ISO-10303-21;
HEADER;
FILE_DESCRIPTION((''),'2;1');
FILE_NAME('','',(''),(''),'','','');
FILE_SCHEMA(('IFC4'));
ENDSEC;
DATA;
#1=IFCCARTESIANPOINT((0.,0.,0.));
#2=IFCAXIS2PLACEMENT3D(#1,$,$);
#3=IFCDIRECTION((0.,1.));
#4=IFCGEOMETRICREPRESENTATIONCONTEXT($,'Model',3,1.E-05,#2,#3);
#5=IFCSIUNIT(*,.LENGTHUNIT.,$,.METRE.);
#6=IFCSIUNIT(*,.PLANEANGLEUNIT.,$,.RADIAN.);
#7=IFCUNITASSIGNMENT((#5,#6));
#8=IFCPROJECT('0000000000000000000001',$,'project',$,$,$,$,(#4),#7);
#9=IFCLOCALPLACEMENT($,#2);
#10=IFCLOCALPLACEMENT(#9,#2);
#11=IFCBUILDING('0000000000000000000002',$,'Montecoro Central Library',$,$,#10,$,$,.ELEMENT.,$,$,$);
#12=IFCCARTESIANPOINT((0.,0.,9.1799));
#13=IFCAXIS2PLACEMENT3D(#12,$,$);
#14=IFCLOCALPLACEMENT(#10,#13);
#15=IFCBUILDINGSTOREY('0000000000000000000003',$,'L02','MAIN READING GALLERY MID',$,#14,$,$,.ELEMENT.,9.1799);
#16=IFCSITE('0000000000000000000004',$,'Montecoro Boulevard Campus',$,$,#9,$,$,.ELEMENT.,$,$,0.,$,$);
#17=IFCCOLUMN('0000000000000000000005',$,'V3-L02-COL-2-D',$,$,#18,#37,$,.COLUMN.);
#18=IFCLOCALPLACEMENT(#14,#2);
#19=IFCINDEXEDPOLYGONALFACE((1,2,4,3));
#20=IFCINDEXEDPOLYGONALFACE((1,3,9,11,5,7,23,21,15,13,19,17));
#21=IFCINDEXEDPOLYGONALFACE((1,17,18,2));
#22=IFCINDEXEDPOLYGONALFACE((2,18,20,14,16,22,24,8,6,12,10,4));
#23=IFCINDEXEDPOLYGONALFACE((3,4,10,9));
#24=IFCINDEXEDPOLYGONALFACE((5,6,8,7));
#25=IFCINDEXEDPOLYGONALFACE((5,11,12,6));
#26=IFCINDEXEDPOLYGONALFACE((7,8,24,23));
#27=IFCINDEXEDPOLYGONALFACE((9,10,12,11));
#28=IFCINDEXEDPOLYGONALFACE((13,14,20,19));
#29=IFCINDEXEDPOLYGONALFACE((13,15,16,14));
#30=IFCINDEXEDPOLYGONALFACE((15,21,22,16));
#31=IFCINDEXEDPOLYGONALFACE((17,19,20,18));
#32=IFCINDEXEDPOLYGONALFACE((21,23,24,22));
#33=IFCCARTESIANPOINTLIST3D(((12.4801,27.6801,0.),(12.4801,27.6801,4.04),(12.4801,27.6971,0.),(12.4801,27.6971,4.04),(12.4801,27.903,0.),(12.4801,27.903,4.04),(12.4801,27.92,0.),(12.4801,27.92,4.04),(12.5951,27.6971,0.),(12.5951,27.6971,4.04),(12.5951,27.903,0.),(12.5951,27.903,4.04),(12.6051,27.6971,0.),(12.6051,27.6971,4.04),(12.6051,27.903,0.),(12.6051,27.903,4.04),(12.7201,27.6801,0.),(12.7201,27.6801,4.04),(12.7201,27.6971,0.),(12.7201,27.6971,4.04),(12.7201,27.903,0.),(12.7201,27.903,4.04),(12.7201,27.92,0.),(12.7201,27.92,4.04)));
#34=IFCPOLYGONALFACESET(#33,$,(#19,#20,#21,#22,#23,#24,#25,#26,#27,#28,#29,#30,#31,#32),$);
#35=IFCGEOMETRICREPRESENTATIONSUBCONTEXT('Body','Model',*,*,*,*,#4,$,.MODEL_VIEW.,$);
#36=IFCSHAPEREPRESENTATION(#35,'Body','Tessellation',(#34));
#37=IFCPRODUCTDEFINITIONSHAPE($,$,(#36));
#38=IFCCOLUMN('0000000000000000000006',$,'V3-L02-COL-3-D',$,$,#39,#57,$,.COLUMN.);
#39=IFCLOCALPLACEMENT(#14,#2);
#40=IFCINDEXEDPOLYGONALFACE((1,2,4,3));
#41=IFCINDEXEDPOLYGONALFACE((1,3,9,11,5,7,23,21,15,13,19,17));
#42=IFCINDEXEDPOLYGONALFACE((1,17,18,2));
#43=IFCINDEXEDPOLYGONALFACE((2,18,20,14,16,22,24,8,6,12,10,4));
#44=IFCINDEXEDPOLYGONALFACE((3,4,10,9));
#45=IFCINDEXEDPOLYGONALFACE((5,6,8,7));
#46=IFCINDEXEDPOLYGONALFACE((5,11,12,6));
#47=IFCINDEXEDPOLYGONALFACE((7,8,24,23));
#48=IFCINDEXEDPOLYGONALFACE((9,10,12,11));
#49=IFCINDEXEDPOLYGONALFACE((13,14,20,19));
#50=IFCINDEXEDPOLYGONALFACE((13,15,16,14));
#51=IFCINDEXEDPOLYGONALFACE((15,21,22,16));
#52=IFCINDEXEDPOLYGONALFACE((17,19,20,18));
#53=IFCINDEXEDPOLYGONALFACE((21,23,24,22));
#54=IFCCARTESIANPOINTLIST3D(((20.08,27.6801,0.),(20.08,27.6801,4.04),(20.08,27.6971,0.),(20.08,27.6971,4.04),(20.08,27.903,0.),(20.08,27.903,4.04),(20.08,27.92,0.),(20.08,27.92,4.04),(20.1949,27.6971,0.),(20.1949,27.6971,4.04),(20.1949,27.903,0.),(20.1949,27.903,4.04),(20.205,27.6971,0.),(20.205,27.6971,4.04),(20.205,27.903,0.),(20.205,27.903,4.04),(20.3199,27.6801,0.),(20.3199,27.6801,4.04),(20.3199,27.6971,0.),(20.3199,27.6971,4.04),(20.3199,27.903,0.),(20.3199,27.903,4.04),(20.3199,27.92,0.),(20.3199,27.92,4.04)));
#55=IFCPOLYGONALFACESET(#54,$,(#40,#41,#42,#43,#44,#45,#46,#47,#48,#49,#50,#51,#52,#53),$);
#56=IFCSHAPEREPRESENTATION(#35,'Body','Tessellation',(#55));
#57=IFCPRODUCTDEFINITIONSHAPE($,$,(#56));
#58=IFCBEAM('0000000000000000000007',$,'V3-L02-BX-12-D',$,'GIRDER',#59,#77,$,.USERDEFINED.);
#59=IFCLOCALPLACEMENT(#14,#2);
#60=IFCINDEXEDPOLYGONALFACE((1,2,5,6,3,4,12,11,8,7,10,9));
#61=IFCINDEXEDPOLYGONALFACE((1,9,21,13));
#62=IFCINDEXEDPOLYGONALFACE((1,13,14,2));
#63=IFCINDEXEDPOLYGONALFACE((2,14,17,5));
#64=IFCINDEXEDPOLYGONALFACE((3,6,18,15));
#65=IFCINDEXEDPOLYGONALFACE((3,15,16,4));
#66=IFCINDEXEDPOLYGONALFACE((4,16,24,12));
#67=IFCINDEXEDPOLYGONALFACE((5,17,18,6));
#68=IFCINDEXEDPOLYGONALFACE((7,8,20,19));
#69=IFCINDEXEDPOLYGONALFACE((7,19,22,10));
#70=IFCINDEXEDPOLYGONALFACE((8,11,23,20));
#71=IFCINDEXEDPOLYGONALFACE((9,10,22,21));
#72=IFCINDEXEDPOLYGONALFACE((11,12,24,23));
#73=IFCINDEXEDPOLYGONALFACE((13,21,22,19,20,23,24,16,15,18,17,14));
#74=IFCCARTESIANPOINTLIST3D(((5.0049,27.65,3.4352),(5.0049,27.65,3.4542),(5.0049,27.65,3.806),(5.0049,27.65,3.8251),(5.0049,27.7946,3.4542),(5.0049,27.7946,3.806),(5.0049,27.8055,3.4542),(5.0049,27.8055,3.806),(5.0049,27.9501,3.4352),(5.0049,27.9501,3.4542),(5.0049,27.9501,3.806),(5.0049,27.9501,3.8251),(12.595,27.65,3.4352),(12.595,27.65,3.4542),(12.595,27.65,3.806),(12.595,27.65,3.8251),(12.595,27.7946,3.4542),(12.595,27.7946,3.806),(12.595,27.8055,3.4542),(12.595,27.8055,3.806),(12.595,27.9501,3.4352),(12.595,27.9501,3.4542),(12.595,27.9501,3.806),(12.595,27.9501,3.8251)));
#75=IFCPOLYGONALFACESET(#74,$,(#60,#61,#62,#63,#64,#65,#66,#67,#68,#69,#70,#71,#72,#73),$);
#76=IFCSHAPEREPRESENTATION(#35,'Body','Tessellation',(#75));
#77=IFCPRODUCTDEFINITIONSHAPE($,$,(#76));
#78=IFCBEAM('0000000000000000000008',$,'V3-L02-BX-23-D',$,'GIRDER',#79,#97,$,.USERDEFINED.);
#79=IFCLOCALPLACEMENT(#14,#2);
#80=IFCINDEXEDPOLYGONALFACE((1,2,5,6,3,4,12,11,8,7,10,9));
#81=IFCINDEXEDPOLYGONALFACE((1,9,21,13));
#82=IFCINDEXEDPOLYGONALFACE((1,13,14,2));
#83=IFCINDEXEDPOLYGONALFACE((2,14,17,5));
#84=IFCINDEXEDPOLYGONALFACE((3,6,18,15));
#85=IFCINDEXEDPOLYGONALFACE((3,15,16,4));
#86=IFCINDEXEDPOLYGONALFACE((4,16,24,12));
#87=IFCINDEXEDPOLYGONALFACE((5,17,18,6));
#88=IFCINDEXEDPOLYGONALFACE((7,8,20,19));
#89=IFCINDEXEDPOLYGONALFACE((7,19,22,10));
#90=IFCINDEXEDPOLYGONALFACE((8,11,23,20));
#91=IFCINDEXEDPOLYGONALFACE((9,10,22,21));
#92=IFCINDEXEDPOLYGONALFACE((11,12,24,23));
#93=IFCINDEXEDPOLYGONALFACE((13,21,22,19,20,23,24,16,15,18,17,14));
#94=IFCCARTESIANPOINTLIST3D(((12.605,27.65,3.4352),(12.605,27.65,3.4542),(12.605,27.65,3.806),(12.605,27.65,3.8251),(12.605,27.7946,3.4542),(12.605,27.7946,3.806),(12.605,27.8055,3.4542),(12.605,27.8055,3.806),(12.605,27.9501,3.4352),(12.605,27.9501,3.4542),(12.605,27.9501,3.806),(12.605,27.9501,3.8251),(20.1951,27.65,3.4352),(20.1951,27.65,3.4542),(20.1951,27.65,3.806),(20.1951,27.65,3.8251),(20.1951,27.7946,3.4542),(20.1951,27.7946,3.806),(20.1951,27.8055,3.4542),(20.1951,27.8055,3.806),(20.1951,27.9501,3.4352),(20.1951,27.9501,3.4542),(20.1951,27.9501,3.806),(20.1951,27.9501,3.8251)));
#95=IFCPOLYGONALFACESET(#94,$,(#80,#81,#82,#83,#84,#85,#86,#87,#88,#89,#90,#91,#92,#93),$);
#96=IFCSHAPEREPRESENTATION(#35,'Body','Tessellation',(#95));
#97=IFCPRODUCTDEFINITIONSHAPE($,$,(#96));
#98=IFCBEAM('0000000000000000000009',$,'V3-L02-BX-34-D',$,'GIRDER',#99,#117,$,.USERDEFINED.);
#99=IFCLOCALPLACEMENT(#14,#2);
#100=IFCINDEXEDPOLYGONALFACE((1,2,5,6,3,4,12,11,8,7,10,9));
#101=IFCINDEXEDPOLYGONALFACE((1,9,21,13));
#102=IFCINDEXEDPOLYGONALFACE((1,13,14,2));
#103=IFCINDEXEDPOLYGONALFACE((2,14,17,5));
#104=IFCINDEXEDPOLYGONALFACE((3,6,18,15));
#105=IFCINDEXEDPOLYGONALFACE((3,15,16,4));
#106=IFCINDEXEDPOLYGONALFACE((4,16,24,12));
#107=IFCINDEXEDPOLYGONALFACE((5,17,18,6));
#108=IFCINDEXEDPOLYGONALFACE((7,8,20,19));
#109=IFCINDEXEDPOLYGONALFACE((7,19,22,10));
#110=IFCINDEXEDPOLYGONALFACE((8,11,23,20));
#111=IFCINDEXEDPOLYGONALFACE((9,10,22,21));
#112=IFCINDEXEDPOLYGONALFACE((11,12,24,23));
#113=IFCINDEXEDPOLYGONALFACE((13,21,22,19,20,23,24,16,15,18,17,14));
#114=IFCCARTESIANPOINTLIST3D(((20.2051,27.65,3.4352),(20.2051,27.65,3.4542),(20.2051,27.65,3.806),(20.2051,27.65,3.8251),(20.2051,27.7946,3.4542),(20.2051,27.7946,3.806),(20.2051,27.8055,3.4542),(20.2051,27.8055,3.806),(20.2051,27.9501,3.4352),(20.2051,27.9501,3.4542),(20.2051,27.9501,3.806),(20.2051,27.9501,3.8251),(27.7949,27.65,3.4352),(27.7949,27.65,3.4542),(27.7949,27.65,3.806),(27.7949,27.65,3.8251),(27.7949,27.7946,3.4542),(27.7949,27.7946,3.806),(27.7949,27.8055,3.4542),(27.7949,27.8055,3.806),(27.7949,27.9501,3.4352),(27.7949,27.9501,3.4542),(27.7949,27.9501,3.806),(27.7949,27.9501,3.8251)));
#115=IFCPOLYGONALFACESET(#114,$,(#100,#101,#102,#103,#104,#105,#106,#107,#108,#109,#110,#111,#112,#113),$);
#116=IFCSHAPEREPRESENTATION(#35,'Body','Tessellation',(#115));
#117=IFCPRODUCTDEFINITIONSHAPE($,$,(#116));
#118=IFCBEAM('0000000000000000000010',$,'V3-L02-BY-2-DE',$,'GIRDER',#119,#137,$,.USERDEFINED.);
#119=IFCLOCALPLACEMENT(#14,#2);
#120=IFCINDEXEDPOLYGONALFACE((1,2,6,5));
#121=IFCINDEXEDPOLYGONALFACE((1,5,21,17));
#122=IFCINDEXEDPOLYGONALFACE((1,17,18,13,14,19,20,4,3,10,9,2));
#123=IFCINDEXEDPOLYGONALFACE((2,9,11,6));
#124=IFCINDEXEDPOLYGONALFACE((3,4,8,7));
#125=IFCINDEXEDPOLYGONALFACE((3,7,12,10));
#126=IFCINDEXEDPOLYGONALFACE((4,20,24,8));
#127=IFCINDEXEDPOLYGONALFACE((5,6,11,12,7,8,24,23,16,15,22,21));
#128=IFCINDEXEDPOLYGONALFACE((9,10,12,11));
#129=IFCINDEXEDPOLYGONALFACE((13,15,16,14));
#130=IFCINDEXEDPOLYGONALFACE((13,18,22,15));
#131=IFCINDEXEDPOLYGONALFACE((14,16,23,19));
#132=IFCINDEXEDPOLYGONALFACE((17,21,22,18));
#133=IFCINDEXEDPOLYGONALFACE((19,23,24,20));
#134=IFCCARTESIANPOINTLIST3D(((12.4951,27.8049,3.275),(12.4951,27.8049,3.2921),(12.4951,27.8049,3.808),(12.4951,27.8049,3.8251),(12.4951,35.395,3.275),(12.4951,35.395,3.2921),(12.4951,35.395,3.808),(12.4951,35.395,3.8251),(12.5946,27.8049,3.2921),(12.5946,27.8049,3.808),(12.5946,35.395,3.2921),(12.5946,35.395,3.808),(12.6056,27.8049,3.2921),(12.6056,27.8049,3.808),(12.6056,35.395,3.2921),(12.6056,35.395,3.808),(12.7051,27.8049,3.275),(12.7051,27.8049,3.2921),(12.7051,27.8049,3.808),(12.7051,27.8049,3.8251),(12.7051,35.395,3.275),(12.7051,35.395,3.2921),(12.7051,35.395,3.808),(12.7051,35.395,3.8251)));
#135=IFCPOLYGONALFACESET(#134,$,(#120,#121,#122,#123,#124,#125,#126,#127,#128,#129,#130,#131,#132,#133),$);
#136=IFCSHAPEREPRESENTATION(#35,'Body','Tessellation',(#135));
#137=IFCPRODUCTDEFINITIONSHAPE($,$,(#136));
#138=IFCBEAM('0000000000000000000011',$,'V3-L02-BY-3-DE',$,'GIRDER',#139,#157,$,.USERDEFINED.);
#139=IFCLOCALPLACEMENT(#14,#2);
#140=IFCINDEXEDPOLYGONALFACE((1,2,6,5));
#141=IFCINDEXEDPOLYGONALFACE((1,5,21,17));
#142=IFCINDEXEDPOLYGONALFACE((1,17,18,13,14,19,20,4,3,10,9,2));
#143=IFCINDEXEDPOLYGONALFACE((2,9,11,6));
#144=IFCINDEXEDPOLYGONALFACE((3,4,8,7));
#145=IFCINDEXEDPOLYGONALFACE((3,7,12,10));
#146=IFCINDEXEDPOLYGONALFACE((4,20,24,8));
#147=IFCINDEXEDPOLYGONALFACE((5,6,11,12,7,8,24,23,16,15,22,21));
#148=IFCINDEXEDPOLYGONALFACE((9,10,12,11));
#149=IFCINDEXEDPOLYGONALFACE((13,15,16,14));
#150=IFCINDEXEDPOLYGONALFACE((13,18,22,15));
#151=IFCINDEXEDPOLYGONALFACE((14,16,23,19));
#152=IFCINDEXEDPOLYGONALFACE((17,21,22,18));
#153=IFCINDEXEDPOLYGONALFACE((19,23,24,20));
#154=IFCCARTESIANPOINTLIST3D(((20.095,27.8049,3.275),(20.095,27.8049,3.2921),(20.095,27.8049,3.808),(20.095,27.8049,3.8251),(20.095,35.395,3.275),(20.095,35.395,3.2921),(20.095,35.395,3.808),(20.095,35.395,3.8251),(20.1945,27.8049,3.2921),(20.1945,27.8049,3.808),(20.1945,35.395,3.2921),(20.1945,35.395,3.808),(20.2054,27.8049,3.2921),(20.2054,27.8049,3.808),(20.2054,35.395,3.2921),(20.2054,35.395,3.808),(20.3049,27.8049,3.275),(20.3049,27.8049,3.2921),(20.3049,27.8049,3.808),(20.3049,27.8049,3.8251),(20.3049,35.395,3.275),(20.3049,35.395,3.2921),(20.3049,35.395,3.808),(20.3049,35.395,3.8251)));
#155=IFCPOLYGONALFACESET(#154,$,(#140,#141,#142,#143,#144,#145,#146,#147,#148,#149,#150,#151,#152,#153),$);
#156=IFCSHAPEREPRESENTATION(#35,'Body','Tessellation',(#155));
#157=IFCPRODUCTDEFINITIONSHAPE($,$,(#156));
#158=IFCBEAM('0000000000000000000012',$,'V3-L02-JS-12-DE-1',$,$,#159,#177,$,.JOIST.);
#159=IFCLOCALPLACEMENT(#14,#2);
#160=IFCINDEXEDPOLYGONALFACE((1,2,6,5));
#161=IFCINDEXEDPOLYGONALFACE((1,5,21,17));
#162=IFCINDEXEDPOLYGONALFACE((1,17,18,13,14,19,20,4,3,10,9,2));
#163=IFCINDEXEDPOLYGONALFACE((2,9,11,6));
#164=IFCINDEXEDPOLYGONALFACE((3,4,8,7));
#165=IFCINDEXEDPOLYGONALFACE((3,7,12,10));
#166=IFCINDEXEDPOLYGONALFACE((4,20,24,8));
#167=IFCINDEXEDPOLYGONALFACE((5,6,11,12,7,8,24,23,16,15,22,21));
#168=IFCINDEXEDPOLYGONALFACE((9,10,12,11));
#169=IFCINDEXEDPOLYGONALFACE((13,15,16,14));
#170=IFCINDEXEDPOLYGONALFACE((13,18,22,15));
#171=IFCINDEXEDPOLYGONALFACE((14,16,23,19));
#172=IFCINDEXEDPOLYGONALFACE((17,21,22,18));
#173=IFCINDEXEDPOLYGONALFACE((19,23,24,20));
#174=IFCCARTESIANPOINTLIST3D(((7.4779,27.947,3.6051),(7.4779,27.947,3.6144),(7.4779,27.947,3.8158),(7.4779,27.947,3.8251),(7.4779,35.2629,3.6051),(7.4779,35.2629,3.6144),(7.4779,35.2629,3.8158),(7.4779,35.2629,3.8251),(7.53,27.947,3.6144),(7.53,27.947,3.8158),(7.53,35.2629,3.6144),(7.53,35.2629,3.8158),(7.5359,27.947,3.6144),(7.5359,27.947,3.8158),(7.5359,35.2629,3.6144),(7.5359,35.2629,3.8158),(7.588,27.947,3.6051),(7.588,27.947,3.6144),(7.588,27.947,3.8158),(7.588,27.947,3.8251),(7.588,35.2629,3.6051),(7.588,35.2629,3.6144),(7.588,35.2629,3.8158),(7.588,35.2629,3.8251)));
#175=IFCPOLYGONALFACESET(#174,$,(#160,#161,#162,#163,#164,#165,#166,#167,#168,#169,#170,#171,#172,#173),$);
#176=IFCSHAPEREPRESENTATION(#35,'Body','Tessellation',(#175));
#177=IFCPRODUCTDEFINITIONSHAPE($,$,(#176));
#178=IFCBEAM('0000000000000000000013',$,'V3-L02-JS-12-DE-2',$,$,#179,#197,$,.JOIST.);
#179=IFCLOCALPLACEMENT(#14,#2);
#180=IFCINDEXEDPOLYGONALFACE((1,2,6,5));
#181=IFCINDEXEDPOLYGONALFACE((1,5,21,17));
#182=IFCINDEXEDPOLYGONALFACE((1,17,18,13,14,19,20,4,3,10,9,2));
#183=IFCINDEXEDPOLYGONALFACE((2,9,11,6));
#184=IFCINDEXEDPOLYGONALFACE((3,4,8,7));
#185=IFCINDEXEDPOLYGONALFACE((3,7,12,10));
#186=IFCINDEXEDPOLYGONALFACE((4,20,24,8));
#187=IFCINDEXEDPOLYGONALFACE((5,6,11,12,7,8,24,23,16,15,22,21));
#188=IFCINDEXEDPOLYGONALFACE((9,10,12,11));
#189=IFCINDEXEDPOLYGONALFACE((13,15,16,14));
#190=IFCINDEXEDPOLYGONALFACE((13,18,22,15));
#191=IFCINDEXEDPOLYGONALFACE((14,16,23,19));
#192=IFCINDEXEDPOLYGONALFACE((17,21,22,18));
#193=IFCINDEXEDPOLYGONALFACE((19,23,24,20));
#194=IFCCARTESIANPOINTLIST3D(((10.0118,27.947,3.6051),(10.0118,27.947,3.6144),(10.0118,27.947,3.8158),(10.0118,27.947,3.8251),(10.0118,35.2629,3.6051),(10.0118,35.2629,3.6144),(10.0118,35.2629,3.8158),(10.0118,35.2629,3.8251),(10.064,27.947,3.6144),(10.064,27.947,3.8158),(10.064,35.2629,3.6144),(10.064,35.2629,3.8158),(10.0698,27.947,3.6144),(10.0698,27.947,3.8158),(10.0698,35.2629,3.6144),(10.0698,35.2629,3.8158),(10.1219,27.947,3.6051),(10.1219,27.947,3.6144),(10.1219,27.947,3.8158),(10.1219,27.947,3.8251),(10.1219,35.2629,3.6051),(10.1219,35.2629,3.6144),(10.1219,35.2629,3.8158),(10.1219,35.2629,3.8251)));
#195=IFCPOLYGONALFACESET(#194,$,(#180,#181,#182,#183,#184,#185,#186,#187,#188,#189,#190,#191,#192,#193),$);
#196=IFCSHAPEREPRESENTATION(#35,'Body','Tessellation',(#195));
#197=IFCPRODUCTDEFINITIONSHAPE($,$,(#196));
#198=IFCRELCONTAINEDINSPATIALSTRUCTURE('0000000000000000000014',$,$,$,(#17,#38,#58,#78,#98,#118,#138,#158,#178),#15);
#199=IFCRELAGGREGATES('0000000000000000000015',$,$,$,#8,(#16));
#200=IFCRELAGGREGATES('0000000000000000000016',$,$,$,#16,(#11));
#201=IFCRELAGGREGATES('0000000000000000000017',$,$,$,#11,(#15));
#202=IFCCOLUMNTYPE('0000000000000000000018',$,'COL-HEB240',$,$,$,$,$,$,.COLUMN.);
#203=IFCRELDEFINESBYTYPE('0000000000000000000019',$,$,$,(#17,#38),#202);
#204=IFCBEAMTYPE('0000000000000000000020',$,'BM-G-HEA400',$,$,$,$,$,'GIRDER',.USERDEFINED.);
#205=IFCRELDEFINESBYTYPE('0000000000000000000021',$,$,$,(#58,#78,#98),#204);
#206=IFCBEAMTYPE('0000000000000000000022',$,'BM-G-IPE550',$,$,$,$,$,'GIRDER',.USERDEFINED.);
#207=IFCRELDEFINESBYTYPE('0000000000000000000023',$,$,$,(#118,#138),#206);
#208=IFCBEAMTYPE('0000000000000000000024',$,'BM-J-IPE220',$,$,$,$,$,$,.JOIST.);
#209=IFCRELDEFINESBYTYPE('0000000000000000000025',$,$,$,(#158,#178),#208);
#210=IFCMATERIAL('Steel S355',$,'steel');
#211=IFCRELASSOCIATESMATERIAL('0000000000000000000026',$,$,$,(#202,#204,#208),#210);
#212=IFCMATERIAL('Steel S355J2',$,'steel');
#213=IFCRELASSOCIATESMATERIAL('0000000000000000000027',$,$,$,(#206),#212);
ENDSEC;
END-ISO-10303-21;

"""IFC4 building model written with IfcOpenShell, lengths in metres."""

from ifc_helpers import new_model, si_unit, direction, frame, origin, origin_2d, place, context, subcontext, project, spatial, i_section, extrude, material, material_profile, profile_set, type_object, element, save


model = new_model("IFC4")

# Units and contexts
model_context = context("Model", 3, precision=1e-05, world=origin(), true_north=direction((0.0, 1.0)))
body_context = subcontext(model_context, "Body", "Model", "MODEL_VIEW")
ifc_project = project(units=[si_unit("LENGTHUNIT", "METRE"), si_unit("PLANEANGLEUNIT", "RADIAN")], contexts=[model_context])

# Site, building, storey
site_placement = place(None, origin())
site = spatial("IfcSite", under=ifc_project, at=site_placement, Name="Montecoro Boulevard Campus", CompositionType="ELEMENT", RefElevation=0.0)
building_placement = place(site_placement, origin())
building = spatial("IfcBuilding", under=site, at=building_placement, Name="Montecoro Central Library", CompositionType="ELEMENT")
storey_placement = place(building_placement, frame((0.0, 0.0, 9.1799)))
storey = spatial("IfcBuildingStorey", under=building, at=storey_placement, Name="L02", Description="MAIN READING GALLERY MID", CompositionType="ELEMENT", Elevation=9.1799)

# Columns
ifc_material_1 = material(Name="Steel S355", Category="steel")
ifc_material_profile_1 = material_profile(ifc_material_1, i_section(OverallWidth=0.24, OverallDepth=0.24, WebThickness=0.01, FlangeThickness=0.0171, at=origin_2d()), Name="HEB 240")
ifc_profile_set_1 = profile_set([ifc_material_profile_1], Name="Steel S355")
column_type = type_object("IfcColumnType", Name="COL-HEB240", PredefinedType="COLUMN", material=ifc_profile_set_1)
for number, where, z_axis, x_axis, name in (
    (1, (12.6001, 27.8, 0.0), (0.0, 0.0, 1.0), (1.0, 0.0, 0.0), "V3-L02-COL-2-D"),
    (2, (20.2, 27.8, 0.0), (0.0, 0.0, 1.0), (1.0, 0.0, 0.0), "V3-L02-COL-3-D"),
):
    element("IfcColumn", number, at=place(storey_placement, frame(where, z_axis=z_axis, x_axis=x_axis)), inside=storey, type_object=column_type, Name=name, PredefinedType="COLUMN", context=body_context, shape_type="SweptSolid", body=[
        extrude(i_section(OverallWidth=0.24, OverallDepth=0.24, WebThickness=0.01, FlangeThickness=0.0171, at=origin_2d()), origin(), (0.0, 0.0, 1.0), 4.04),
    ])

# Beams
ifc_material_profile_2 = material_profile(ifc_material_1, i_section(OverallWidth=0.3, OverallDepth=0.3899, WebThickness=0.011, FlangeThickness=0.019, at=origin_2d()), Name="HEA 400")
ifc_profile_set_2 = profile_set([ifc_material_profile_2], Name="Steel S355")
beam_type_1 = type_object("IfcBeamType", Name="BM-G-HEA400", ElementType="GIRDER", PredefinedType="USERDEFINED", material=ifc_profile_set_2)
for number, where, z_axis, x_axis, name in (
    (3, (5.0049, 27.8, 3.6301), (1.0, 0.0, 0.0), (0.0, 1.0, 0.0), "V3-L02-BX-12-D"),
    (4, (12.605, 27.8, 3.6301), (1.0, 0.0, 0.0), (0.0, 1.0, 0.0), "V3-L02-BX-23-D"),
):
    element("IfcBeam", number, at=place(storey_placement, frame(where, z_axis=z_axis, x_axis=x_axis)), inside=storey, type_object=beam_type_1, Name=name, ObjectType="GIRDER", PredefinedType="USERDEFINED", context=body_context, shape_type="SweptSolid", body=[
        extrude(i_section(OverallWidth=0.3, OverallDepth=0.3899, WebThickness=0.011, FlangeThickness=0.019, at=origin_2d()), origin(), (0.0, 0.0, 1.0), 7.5901),
    ])
beam_1_placement = place(storey_placement, frame((20.2051, 27.8, 3.6301), z_axis=(1.0, 0.0, 0.0), x_axis=(0.0, 1.0, 0.0)))
element("IfcBeam", 5, at=beam_1_placement, inside=storey, type_object=beam_type_1, Name="V3-L02-BX-34-D", ObjectType="GIRDER", PredefinedType="USERDEFINED", context=body_context, shape_type="SweptSolid", body=[
    extrude(i_section(OverallWidth=0.3, OverallDepth=0.3899, WebThickness=0.011, FlangeThickness=0.019, at=origin_2d()), origin(), (0.0, 0.0, 1.0), 7.5898),
])
ifc_material_2 = material(Name="Steel S355J2", Category="steel")
ifc_material_profile_3 = material_profile(ifc_material_2, i_section(OverallWidth=0.21, OverallDepth=0.55, WebThickness=0.011, FlangeThickness=0.0171, at=origin_2d()), Name="IPE 550")
ifc_profile_set_3 = profile_set([ifc_material_profile_3], Name="Steel S355J2")
beam_type_2 = type_object("IfcBeamType", Name="BM-G-IPE550", ElementType="GIRDER", PredefinedType="USERDEFINED", material=ifc_profile_set_3)
for number, where, z_axis, x_axis, name in (
    (6, (12.6001, 27.8049, 3.55), (0.0, 1.0, 0.0), (-1.0, 0.0, 0.0), "V3-L02-BY-2-DE"),
    (7, (20.2, 27.8049, 3.55), (0.0, 1.0, 0.0), (-1.0, 0.0, 0.0), "V3-L02-BY-3-DE"),
):
    element("IfcBeam", number, at=place(storey_placement, frame(where, z_axis=z_axis, x_axis=x_axis)), inside=storey, type_object=beam_type_2, Name=name, ObjectType="GIRDER", PredefinedType="USERDEFINED", context=body_context, shape_type="SweptSolid", body=[
        extrude(i_section(OverallWidth=0.21, OverallDepth=0.55, WebThickness=0.011, FlangeThickness=0.0171, at=origin_2d()), origin(), (0.0, 0.0, 1.0), 7.5901),
    ])
ifc_material_profile_4 = material_profile(ifc_material_1, i_section(OverallWidth=0.1101, OverallDepth=0.22, WebThickness=0.0059, FlangeThickness=0.0093, at=origin_2d()), Name="IPE 220")
ifc_profile_set_4 = profile_set([ifc_material_profile_4], Name="Steel S355")
beam_type_3 = type_object("IfcBeamType", Name="BM-J-IPE220", PredefinedType="JOIST", material=ifc_profile_set_4)
for number, where, z_axis, x_axis, name in (
    (8, (7.533, 27.947, 3.7151), (0.0, 1.0, 0.0), (-1.0, 0.0, 0.0), "V3-L02-JS-12-DE-1"),
    (9, (10.0669, 27.947, 3.7151), (0.0, 1.0, 0.0), (-1.0, 0.0, 0.0), "V3-L02-JS-12-DE-2"),
):
    element("IfcBeam", number, at=place(storey_placement, frame(where, z_axis=z_axis, x_axis=x_axis)), inside=storey, type_object=beam_type_3, Name=name, PredefinedType="JOIST", context=body_context, shape_type="SweptSolid", body=[
        extrude(i_section(OverallWidth=0.1101, OverallDepth=0.22, WebThickness=0.0059, FlangeThickness=0.0093, at=origin_2d()), origin(), (0.0, 0.0, 1.0), 7.3159),
    ])

save(model, "model.ifc")
